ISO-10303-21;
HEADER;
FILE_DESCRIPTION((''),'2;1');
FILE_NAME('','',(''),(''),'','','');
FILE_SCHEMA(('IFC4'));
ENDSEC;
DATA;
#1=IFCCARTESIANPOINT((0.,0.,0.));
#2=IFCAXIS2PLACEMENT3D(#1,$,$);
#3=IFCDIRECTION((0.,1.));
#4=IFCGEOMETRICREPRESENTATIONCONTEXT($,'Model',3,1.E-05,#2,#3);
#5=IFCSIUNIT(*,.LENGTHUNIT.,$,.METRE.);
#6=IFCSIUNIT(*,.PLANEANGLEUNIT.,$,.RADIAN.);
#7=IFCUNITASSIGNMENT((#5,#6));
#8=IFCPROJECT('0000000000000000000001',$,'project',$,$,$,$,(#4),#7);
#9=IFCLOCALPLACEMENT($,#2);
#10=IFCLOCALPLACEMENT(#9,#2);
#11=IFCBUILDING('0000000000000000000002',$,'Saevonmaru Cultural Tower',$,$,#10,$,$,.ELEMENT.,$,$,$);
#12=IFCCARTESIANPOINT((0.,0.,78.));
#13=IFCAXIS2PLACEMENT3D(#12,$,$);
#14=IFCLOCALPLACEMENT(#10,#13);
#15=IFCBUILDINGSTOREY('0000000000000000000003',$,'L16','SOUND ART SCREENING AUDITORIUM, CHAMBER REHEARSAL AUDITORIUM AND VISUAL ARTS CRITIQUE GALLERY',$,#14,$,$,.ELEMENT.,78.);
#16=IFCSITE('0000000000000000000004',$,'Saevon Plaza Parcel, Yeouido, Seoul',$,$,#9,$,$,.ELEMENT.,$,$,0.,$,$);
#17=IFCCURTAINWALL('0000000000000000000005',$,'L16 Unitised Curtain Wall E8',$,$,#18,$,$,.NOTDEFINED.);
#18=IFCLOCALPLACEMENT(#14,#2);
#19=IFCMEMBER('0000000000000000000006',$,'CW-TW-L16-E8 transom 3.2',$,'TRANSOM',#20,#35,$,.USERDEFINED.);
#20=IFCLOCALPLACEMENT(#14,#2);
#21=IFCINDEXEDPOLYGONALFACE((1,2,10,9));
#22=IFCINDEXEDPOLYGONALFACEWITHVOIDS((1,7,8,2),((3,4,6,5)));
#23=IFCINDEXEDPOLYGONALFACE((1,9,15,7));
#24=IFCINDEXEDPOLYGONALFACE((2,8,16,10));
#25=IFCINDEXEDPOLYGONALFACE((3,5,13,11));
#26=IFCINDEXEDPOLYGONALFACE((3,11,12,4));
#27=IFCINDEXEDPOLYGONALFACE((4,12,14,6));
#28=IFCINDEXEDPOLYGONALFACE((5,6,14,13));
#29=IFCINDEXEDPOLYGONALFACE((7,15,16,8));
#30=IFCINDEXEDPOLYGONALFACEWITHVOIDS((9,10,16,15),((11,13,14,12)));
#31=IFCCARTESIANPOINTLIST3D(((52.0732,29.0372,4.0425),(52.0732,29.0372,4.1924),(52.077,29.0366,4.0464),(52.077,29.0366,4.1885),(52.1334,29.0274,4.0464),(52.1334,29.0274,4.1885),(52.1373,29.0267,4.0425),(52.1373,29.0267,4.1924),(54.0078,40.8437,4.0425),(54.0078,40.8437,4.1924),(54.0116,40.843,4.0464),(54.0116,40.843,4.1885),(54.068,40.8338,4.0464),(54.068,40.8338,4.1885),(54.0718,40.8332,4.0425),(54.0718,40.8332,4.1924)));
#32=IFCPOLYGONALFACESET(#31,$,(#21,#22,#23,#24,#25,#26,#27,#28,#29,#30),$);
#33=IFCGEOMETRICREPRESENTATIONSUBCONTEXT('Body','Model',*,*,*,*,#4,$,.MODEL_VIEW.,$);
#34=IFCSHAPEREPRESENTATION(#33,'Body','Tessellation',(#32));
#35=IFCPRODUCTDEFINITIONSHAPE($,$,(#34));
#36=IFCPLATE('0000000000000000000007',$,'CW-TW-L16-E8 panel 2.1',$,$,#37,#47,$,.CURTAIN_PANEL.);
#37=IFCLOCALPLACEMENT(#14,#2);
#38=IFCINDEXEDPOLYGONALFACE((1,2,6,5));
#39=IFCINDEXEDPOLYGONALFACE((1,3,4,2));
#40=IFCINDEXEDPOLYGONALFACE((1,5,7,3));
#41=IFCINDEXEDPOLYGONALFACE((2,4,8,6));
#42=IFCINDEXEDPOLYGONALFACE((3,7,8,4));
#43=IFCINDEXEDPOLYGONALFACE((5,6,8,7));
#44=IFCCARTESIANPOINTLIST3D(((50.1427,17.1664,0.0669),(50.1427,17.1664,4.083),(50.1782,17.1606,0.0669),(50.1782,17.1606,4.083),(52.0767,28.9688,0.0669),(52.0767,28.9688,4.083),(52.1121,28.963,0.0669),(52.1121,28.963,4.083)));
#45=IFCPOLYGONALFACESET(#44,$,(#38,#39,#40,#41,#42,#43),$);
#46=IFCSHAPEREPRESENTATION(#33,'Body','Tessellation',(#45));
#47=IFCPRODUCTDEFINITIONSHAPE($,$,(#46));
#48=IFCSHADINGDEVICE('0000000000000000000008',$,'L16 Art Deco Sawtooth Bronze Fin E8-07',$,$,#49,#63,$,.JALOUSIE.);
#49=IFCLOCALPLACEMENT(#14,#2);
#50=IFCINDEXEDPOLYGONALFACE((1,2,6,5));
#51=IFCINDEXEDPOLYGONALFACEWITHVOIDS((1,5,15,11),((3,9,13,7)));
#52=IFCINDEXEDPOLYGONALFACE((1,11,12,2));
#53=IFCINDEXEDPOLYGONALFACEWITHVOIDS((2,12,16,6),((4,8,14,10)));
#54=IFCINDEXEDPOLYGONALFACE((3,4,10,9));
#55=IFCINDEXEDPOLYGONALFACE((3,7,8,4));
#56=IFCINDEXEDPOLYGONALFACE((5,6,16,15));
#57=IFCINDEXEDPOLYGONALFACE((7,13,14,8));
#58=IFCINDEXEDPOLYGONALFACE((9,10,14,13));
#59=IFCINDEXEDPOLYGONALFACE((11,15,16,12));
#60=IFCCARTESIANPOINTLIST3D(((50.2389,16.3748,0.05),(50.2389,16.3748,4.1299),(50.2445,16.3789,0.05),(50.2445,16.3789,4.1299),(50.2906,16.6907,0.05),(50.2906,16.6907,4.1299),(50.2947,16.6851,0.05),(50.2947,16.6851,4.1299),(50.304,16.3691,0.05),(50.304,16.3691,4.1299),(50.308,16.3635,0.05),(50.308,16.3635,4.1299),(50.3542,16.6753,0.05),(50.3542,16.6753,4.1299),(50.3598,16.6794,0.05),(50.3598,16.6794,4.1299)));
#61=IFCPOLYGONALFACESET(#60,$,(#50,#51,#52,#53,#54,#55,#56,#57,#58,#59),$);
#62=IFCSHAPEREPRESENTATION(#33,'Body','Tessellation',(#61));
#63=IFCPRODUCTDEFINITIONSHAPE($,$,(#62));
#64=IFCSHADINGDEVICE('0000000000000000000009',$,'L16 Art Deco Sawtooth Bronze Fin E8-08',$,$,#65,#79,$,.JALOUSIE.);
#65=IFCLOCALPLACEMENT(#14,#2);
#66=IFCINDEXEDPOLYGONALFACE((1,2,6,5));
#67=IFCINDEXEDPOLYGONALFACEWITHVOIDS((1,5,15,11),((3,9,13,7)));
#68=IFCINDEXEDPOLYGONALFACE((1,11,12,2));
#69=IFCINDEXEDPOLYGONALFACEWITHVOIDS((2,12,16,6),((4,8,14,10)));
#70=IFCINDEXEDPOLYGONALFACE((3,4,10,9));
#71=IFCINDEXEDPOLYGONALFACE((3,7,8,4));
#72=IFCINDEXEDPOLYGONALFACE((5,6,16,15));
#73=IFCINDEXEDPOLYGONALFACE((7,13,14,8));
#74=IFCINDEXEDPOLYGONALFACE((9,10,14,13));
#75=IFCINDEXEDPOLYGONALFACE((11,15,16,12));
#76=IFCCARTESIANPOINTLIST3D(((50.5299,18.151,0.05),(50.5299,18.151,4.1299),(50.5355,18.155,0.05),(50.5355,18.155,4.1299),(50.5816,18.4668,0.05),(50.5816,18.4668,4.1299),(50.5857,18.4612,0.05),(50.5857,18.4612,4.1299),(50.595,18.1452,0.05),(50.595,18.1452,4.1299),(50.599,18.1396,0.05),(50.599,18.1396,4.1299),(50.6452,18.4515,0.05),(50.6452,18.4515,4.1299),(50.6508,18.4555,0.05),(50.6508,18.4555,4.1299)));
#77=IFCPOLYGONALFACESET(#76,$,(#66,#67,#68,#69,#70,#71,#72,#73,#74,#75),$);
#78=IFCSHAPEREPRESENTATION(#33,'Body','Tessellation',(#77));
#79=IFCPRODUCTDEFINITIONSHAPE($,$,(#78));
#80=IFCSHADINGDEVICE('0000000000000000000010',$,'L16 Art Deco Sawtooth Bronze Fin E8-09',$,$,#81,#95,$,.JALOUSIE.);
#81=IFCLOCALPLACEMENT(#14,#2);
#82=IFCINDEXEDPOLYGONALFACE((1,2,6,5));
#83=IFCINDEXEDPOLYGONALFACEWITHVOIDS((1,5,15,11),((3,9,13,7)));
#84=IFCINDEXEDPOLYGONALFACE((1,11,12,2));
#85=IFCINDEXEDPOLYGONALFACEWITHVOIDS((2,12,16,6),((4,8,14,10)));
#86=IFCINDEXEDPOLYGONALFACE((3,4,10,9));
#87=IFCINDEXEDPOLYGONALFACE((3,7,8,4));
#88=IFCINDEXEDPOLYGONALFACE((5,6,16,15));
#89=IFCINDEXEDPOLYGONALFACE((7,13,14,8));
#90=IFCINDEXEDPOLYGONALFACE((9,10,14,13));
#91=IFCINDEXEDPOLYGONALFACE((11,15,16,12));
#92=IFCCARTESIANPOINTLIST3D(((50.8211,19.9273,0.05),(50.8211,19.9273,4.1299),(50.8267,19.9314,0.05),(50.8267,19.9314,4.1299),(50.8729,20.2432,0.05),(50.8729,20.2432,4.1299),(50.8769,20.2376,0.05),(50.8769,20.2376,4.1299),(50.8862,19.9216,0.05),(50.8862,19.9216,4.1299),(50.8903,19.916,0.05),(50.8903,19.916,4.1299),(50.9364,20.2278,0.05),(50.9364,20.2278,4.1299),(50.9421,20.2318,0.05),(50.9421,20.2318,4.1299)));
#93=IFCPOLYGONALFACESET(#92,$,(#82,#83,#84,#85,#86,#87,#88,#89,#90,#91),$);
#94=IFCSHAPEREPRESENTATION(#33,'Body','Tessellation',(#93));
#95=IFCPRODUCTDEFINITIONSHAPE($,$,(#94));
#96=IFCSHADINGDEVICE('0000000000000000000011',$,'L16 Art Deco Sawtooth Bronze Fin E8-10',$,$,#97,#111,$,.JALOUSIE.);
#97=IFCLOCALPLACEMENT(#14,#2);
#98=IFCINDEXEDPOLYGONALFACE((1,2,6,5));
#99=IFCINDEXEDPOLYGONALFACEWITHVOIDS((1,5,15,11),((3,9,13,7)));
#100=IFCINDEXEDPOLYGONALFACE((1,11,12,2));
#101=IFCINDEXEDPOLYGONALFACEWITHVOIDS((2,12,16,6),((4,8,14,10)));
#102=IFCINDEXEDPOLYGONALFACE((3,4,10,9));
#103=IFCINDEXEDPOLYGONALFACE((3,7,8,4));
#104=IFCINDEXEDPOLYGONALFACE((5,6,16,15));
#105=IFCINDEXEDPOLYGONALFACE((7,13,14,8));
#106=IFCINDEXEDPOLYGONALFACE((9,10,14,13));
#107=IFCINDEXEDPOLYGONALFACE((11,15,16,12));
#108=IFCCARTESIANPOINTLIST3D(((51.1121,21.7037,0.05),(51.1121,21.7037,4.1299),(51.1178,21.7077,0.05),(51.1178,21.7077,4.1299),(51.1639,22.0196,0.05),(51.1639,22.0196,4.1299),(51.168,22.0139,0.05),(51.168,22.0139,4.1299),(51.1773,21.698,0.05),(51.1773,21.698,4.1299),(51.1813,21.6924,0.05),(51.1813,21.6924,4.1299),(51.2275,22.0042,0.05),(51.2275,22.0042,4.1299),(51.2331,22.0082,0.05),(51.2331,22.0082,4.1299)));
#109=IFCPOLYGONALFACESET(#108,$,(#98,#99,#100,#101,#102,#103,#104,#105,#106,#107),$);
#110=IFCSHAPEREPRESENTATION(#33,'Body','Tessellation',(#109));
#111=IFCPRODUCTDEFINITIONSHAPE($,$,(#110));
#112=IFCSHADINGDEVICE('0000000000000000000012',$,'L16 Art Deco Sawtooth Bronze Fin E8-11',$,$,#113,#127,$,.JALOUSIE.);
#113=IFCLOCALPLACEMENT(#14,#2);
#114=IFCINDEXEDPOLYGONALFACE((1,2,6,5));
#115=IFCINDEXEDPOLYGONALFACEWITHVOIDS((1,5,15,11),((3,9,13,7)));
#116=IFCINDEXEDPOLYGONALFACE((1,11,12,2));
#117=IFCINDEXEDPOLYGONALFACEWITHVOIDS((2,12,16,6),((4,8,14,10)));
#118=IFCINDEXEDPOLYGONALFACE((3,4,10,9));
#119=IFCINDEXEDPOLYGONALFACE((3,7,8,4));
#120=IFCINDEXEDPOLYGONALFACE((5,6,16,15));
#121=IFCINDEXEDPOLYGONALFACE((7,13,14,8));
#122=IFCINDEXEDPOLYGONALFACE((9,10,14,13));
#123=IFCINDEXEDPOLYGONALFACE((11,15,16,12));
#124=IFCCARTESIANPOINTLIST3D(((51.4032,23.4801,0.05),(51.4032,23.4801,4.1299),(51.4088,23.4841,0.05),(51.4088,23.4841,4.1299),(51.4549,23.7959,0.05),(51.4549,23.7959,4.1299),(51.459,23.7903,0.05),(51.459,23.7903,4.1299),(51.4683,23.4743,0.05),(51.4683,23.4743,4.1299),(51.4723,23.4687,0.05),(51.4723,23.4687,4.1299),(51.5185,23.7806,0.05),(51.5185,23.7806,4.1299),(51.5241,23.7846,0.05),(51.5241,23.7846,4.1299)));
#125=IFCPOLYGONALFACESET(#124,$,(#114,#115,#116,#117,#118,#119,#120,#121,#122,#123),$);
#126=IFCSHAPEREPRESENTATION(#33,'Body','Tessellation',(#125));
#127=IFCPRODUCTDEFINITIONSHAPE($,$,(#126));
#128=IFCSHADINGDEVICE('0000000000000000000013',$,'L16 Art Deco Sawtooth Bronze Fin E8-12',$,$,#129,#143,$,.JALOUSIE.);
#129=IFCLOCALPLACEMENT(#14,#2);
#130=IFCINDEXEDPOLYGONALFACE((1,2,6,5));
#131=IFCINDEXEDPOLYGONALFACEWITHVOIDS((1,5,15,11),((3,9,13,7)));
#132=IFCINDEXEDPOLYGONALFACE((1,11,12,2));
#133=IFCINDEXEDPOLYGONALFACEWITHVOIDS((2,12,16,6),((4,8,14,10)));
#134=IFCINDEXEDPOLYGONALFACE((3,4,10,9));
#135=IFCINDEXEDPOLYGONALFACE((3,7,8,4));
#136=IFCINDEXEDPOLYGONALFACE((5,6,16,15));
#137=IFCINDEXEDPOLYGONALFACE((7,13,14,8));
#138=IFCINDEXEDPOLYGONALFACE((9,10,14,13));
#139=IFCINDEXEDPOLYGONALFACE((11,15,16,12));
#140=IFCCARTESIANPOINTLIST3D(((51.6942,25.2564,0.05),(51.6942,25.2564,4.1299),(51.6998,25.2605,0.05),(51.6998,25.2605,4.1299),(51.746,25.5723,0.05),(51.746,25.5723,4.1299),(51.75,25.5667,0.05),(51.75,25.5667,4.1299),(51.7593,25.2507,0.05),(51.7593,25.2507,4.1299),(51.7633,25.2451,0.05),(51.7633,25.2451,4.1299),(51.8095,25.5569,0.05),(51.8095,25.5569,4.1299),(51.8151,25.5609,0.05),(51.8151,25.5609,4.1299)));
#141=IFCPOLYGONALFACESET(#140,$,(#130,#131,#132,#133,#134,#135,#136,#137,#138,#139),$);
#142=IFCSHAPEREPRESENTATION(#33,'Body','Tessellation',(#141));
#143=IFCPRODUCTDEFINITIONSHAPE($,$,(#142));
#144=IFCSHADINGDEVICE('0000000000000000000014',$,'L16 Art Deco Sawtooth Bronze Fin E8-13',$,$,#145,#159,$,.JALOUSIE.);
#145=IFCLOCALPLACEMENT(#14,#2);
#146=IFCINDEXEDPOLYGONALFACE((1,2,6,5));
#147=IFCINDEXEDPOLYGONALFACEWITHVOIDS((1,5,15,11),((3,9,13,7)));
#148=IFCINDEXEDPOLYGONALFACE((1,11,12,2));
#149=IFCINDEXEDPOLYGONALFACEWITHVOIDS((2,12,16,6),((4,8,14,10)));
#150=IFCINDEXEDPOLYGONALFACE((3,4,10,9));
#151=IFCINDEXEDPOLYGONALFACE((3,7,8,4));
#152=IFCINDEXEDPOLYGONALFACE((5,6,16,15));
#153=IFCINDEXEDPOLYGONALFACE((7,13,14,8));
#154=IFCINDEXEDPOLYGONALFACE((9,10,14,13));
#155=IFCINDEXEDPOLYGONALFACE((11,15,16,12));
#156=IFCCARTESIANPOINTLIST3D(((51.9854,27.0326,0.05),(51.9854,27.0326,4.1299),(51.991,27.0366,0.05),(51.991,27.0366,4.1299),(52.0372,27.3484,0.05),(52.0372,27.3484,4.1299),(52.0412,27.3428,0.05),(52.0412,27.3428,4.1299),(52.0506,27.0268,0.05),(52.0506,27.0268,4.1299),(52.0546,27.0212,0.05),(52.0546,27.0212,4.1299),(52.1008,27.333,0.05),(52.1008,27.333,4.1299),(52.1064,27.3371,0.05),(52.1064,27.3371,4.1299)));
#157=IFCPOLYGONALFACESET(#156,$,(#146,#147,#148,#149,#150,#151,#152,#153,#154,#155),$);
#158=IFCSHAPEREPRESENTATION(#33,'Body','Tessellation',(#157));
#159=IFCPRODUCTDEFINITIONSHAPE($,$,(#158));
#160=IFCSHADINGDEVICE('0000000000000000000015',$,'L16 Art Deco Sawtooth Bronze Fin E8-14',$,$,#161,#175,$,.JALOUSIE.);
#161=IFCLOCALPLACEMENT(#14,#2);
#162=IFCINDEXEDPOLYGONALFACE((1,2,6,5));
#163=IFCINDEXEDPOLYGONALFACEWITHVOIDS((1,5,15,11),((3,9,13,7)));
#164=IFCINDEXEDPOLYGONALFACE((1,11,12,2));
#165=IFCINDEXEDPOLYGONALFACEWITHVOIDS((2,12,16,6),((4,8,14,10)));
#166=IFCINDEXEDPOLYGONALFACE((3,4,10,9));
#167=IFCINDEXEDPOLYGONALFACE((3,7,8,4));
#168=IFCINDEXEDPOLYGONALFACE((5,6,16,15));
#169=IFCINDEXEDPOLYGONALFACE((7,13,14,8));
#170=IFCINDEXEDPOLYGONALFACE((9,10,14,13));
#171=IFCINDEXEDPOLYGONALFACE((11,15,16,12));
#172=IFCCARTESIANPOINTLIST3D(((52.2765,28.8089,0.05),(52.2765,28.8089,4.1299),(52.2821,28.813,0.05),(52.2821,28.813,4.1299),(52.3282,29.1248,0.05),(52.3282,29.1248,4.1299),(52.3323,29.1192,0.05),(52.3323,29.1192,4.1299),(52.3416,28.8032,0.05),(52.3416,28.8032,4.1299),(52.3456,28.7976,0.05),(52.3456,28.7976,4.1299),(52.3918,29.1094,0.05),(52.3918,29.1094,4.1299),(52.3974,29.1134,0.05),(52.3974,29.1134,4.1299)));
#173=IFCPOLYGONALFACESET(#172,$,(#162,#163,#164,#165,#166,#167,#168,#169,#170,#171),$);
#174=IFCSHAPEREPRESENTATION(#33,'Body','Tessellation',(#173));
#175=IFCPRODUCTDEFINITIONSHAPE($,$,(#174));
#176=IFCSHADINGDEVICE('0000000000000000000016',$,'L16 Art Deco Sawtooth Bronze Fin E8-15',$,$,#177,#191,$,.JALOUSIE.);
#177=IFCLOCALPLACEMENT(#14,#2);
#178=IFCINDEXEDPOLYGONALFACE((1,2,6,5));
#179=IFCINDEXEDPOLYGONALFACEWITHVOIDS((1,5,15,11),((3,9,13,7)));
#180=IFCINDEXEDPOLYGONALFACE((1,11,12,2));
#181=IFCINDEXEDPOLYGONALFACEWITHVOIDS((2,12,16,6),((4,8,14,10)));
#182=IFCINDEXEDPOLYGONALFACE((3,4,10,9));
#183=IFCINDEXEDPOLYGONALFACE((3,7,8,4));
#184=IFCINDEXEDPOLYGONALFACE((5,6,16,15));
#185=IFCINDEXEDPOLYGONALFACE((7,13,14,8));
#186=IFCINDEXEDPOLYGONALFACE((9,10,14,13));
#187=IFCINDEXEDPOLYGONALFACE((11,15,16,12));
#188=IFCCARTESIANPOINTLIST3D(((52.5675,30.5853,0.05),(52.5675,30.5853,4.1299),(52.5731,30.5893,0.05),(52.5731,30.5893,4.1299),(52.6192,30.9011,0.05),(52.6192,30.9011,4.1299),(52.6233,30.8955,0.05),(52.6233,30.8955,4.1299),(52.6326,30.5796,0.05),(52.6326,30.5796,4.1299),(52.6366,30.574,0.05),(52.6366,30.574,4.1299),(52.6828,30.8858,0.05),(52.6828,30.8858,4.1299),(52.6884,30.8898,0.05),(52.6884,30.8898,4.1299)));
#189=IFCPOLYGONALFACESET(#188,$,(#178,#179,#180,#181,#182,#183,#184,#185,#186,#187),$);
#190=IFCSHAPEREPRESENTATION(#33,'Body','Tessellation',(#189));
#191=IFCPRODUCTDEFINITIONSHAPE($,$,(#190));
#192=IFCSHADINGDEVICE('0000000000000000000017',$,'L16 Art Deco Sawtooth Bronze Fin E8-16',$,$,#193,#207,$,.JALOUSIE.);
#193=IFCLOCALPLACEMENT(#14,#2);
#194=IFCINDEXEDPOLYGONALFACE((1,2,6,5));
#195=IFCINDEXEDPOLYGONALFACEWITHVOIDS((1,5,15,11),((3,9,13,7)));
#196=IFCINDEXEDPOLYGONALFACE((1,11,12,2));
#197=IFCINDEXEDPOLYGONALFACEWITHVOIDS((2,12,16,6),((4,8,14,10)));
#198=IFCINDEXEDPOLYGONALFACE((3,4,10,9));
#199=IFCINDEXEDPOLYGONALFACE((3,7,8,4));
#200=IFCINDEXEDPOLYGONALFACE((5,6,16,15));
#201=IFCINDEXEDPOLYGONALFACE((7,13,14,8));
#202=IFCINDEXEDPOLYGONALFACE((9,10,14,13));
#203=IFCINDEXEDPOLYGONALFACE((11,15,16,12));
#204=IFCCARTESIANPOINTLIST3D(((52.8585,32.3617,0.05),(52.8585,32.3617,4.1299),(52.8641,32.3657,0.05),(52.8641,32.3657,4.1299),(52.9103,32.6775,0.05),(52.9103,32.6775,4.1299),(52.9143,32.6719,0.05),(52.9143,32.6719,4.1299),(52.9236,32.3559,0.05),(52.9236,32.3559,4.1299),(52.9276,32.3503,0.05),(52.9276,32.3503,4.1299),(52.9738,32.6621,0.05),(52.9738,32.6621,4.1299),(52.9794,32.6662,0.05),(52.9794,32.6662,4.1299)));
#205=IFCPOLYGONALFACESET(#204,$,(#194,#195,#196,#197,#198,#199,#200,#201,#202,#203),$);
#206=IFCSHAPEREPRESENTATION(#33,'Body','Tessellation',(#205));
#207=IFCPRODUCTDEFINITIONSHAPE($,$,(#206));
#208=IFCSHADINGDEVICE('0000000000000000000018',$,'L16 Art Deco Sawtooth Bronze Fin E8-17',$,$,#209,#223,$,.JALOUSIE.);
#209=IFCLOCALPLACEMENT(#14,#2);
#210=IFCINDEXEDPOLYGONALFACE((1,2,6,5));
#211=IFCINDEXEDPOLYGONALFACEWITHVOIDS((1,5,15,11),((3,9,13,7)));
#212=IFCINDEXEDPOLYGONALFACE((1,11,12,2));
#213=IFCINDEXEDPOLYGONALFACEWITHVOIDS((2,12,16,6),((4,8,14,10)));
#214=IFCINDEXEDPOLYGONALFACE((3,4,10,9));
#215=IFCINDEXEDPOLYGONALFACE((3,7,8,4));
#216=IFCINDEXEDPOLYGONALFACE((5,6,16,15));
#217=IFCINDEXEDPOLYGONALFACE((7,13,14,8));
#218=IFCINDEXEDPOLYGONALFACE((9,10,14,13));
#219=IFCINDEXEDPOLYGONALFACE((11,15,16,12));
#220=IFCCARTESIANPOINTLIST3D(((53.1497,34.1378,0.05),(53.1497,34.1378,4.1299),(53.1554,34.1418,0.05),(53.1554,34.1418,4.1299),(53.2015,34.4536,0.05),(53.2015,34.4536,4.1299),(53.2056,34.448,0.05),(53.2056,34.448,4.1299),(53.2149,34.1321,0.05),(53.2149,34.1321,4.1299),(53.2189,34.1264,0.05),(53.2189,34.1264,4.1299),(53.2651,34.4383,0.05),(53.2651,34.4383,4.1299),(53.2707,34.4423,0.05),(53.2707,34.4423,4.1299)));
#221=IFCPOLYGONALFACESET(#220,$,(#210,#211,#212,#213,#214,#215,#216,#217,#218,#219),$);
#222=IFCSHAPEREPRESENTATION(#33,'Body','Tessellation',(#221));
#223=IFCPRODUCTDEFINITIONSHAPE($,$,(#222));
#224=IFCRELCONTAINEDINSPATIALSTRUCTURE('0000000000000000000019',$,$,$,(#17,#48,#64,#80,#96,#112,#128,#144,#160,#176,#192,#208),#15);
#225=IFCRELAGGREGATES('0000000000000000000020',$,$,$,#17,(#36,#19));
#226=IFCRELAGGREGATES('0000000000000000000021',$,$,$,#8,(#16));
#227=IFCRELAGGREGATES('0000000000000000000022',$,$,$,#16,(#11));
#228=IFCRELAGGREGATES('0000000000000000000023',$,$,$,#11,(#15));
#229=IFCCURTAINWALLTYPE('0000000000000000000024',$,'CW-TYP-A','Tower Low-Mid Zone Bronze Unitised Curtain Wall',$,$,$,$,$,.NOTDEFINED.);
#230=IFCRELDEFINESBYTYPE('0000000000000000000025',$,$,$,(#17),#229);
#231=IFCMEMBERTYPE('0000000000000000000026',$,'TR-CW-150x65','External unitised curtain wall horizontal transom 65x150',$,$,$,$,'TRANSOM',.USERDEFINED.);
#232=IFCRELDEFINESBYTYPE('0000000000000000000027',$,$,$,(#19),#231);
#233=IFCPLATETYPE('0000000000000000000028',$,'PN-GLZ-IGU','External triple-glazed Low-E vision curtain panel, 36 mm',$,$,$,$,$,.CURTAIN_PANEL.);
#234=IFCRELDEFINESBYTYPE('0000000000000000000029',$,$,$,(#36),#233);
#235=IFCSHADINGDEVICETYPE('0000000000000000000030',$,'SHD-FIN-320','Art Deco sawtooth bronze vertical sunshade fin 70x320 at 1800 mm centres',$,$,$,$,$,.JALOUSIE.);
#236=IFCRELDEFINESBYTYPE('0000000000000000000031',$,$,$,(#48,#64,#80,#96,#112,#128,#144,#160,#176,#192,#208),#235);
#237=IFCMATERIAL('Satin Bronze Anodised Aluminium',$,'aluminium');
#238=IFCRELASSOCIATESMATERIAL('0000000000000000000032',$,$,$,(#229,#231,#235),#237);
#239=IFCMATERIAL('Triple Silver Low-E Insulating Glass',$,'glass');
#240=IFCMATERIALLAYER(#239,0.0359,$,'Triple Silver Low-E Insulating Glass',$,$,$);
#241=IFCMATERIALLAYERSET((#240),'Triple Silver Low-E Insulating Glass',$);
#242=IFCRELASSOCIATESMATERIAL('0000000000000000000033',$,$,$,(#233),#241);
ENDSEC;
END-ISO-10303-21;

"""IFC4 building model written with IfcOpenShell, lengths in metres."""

from ifc_helpers import new_model, si_unit, direction, frame, origin, origin_2d, place, context, subcontext, project, spatial, rectangle, hollow_rectangle, extrude, material, layer, layer_set, material_profile, profile_set, type_object, element, aggregate, save


model = new_model("IFC4")

# Units and contexts
model_context = context("Model", 3, precision=1e-05, world=origin(), true_north=direction((0.0, 1.0)))
body_context = subcontext(model_context, "Body", "Model", "MODEL_VIEW")
ifc_project = project(units=[si_unit("LENGTHUNIT", "METRE"), si_unit("PLANEANGLEUNIT", "RADIAN")], contexts=[model_context])

# Site, building, storey
site_placement = place(None, origin())
site = spatial("IfcSite", under=ifc_project, at=site_placement, Name="Saevon Plaza Parcel, Yeouido, Seoul", CompositionType="ELEMENT", RefElevation=0.0)
building_placement = place(site_placement, origin())
building = spatial("IfcBuilding", under=site, at=building_placement, Name="Saevonmaru Cultural Tower", CompositionType="ELEMENT")
storey_placement = place(building_placement, frame((0.0, 0.0, 78.0)))
storey = spatial("IfcBuildingStorey", under=building, at=storey_placement, Name="L16", Description="SOUND ART SCREENING AUDITORIUM, CHAMBER REHEARSAL AUDITORIUM AND VISUAL ARTS CRITIQUE GALLERY", CompositionType="ELEMENT", Elevation=78.0)

# Curtain wall, member, plate
ifc_material_1 = material(Name="Satin Bronze Anodised Aluminium", Category="aluminium")
curtain_wall_type = type_object("IfcCurtainWallType", Name="CW-TYP-A", Description="Tower Low-Mid Zone Bronze Unitised Curtain Wall", PredefinedType="NOTDEFINED", material=ifc_material_1)
curtain_wall_placement = place(storey_placement, origin())
curtain_wall = element("IfcCurtainWall", 1, at=curtain_wall_placement, inside=storey, type_object=curtain_wall_type, Name="L16 Unitised Curtain Wall E8", PredefinedType="NOTDEFINED")
ifc_material_profile_1 = material_profile(ifc_material_1, hollow_rectangle(XDim=0.0649, YDim=0.1499, WallThickness=0.0039, at=origin_2d()), Name="ALU-TRAN-150x65x4")
ifc_profile_set_1 = profile_set([ifc_material_profile_1], Name="Satin Bronze Anodised Aluminium")
member_type_1 = type_object("IfcMemberType", Name="TR-CW-150x65", Description="External unitised curtain wall horizontal transom 65x150", ElementType="TRANSOM", PredefinedType="USERDEFINED", material=ifc_profile_set_1)
member_1_placement = place(storey_placement, frame((52.1052, 29.032, 4.1174), z_axis=(0.161701, 0.98684, 0.0), x_axis=(-0.98684, 0.161701, 0.0)))
member_1 = element("IfcMember", 2, at=member_1_placement, type_object=member_type_1, Name="CW-TW-L16-E8 transom 3.2", ObjectType="TRANSOM", PredefinedType="USERDEFINED", context=body_context, shape_type="SweptSolid", body=[
    extrude(hollow_rectangle(XDim=0.0649, YDim=0.1499, WallThickness=0.0039, at=origin_2d()), origin(), (0.0, 0.0, 1.0), 11.9639),
])
ifc_material_2 = material(Name="Triple Silver Low-E Insulating Glass", Category="glass")
ifc_layer_1 = layer(ifc_material_2, 0.0359, Name="Triple Silver Low-E Insulating Glass")
ifc_layer_set_1 = layer_set([ifc_layer_1], Name="Triple Silver Low-E Insulating Glass")
plate_type = type_object("IfcPlateType", Name="PN-GLZ-IGU", Description="External triple-glazed Low-E vision curtain panel, 36 mm", PredefinedType="CURTAIN_PANEL", material=ifc_layer_set_1)
plate_placement = place(storey_placement, frame((51.1274, 23.0647, 0.0669), z_axis=(0.0, 0.0, 1.0), x_axis=(0.161709, 0.986839, 0.0)))
plate = element("IfcPlate", 3, at=plate_placement, type_object=plate_type, Name="CW-TW-L16-E8 panel 2.1", PredefinedType="CURTAIN_PANEL", context=body_context, shape_type="SweptSolid", body=[
    extrude(rectangle(XDim=11.9597, YDim=0.0359, at=origin_2d()), origin(), (0.0, 0.0, 1.0), 4.0161),
])
aggregate(curtain_wall, [plate, member_1])

# Shading devices
ifc_material_profile_2 = material_profile(ifc_material_1, hollow_rectangle(XDim=0.0701, YDim=0.3201, WallThickness=0.0049, at=origin_2d()), Name="FIN-320x70")
ifc_profile_set_2 = profile_set([ifc_material_profile_2], Name="Satin Bronze Anodised Aluminium")
shading_device_type = type_object("IfcShadingDeviceType", Name="SHD-FIN-320", Description="Art Deco sawtooth bronze vertical sunshade fin 70x320 at 1800 mm centres", PredefinedType="JALOUSIE", material=ifc_profile_set_2)
for number, where, z_axis, x_axis, name in (
    (4, (50.2993, 16.5271, 0.05), (0.0, 0.0, 1.0), (0.986827, -0.161776, 0.0), "L16 Art Deco Sawtooth Bronze Fin E8-07"),
    (5, (50.5903, 18.3032, 0.05), (0.0, 0.0, 1.0), (0.986827, -0.161776, 0.0), "L16 Art Deco Sawtooth Bronze Fin E8-08"),
    (6, (50.8816, 20.0796, 0.05), (0.0, 0.0, 1.0), (0.986827, -0.161776, 0.0), "L16 Art Deco Sawtooth Bronze Fin E8-09"),
    (7, (51.1726, 21.856, 0.05), (0.0, 0.0, 1.0), (0.986827, -0.161776, 0.0), "L16 Art Deco Sawtooth Bronze Fin E8-10"),
    (8, (51.4636, 23.6323, 0.05), (0.0, 0.0, 1.0), (0.986827, -0.161776, 0.0), "L16 Art Deco Sawtooth Bronze Fin E8-11"),
    (9, (51.7546, 25.4087, 0.05), (0.0, 0.0, 1.0), (0.986827, -0.161776, 0.0), "L16 Art Deco Sawtooth Bronze Fin E8-12"),
    (10, (52.0459, 27.1848, 0.05), (0.0, 0.0, 1.0), (0.986827, -0.161776, 0.0), "L16 Art Deco Sawtooth Bronze Fin E8-13"),
    (11, (52.3369, 28.9612, 0.05), (0.0, 0.0, 1.0), (0.986827, -0.161776, 0.0), "L16 Art Deco Sawtooth Bronze Fin E8-14"),
    (12, (52.6279, 30.7375, 0.05), (0.0, 0.0, 1.0), (0.986827, -0.161776, 0.0), "L16 Art Deco Sawtooth Bronze Fin E8-15"),
    (13, (52.9189, 32.5139, 0.05), (0.0, 0.0, 1.0), (0.986827, -0.161776, 0.0), "L16 Art Deco Sawtooth Bronze Fin E8-16"),
    (14, (53.2102, 34.29, 0.05), (0.0, 0.0, 1.0), (0.986827, -0.161776, 0.0), "L16 Art Deco Sawtooth Bronze Fin E8-17"),
):
    element("IfcShadingDevice", number, at=place(storey_placement, frame(where, z_axis=z_axis, x_axis=x_axis)), inside=storey, type_object=shading_device_type, Name=name, PredefinedType="JALOUSIE", context=body_context, shape_type="SweptSolid", body=[
        extrude(hollow_rectangle(XDim=0.0701, YDim=0.3201, WallThickness=0.0049, at=origin_2d()), origin(), (0.0, 0.0, 1.0), 4.0798),
    ])

save(model, "model.ifc")
